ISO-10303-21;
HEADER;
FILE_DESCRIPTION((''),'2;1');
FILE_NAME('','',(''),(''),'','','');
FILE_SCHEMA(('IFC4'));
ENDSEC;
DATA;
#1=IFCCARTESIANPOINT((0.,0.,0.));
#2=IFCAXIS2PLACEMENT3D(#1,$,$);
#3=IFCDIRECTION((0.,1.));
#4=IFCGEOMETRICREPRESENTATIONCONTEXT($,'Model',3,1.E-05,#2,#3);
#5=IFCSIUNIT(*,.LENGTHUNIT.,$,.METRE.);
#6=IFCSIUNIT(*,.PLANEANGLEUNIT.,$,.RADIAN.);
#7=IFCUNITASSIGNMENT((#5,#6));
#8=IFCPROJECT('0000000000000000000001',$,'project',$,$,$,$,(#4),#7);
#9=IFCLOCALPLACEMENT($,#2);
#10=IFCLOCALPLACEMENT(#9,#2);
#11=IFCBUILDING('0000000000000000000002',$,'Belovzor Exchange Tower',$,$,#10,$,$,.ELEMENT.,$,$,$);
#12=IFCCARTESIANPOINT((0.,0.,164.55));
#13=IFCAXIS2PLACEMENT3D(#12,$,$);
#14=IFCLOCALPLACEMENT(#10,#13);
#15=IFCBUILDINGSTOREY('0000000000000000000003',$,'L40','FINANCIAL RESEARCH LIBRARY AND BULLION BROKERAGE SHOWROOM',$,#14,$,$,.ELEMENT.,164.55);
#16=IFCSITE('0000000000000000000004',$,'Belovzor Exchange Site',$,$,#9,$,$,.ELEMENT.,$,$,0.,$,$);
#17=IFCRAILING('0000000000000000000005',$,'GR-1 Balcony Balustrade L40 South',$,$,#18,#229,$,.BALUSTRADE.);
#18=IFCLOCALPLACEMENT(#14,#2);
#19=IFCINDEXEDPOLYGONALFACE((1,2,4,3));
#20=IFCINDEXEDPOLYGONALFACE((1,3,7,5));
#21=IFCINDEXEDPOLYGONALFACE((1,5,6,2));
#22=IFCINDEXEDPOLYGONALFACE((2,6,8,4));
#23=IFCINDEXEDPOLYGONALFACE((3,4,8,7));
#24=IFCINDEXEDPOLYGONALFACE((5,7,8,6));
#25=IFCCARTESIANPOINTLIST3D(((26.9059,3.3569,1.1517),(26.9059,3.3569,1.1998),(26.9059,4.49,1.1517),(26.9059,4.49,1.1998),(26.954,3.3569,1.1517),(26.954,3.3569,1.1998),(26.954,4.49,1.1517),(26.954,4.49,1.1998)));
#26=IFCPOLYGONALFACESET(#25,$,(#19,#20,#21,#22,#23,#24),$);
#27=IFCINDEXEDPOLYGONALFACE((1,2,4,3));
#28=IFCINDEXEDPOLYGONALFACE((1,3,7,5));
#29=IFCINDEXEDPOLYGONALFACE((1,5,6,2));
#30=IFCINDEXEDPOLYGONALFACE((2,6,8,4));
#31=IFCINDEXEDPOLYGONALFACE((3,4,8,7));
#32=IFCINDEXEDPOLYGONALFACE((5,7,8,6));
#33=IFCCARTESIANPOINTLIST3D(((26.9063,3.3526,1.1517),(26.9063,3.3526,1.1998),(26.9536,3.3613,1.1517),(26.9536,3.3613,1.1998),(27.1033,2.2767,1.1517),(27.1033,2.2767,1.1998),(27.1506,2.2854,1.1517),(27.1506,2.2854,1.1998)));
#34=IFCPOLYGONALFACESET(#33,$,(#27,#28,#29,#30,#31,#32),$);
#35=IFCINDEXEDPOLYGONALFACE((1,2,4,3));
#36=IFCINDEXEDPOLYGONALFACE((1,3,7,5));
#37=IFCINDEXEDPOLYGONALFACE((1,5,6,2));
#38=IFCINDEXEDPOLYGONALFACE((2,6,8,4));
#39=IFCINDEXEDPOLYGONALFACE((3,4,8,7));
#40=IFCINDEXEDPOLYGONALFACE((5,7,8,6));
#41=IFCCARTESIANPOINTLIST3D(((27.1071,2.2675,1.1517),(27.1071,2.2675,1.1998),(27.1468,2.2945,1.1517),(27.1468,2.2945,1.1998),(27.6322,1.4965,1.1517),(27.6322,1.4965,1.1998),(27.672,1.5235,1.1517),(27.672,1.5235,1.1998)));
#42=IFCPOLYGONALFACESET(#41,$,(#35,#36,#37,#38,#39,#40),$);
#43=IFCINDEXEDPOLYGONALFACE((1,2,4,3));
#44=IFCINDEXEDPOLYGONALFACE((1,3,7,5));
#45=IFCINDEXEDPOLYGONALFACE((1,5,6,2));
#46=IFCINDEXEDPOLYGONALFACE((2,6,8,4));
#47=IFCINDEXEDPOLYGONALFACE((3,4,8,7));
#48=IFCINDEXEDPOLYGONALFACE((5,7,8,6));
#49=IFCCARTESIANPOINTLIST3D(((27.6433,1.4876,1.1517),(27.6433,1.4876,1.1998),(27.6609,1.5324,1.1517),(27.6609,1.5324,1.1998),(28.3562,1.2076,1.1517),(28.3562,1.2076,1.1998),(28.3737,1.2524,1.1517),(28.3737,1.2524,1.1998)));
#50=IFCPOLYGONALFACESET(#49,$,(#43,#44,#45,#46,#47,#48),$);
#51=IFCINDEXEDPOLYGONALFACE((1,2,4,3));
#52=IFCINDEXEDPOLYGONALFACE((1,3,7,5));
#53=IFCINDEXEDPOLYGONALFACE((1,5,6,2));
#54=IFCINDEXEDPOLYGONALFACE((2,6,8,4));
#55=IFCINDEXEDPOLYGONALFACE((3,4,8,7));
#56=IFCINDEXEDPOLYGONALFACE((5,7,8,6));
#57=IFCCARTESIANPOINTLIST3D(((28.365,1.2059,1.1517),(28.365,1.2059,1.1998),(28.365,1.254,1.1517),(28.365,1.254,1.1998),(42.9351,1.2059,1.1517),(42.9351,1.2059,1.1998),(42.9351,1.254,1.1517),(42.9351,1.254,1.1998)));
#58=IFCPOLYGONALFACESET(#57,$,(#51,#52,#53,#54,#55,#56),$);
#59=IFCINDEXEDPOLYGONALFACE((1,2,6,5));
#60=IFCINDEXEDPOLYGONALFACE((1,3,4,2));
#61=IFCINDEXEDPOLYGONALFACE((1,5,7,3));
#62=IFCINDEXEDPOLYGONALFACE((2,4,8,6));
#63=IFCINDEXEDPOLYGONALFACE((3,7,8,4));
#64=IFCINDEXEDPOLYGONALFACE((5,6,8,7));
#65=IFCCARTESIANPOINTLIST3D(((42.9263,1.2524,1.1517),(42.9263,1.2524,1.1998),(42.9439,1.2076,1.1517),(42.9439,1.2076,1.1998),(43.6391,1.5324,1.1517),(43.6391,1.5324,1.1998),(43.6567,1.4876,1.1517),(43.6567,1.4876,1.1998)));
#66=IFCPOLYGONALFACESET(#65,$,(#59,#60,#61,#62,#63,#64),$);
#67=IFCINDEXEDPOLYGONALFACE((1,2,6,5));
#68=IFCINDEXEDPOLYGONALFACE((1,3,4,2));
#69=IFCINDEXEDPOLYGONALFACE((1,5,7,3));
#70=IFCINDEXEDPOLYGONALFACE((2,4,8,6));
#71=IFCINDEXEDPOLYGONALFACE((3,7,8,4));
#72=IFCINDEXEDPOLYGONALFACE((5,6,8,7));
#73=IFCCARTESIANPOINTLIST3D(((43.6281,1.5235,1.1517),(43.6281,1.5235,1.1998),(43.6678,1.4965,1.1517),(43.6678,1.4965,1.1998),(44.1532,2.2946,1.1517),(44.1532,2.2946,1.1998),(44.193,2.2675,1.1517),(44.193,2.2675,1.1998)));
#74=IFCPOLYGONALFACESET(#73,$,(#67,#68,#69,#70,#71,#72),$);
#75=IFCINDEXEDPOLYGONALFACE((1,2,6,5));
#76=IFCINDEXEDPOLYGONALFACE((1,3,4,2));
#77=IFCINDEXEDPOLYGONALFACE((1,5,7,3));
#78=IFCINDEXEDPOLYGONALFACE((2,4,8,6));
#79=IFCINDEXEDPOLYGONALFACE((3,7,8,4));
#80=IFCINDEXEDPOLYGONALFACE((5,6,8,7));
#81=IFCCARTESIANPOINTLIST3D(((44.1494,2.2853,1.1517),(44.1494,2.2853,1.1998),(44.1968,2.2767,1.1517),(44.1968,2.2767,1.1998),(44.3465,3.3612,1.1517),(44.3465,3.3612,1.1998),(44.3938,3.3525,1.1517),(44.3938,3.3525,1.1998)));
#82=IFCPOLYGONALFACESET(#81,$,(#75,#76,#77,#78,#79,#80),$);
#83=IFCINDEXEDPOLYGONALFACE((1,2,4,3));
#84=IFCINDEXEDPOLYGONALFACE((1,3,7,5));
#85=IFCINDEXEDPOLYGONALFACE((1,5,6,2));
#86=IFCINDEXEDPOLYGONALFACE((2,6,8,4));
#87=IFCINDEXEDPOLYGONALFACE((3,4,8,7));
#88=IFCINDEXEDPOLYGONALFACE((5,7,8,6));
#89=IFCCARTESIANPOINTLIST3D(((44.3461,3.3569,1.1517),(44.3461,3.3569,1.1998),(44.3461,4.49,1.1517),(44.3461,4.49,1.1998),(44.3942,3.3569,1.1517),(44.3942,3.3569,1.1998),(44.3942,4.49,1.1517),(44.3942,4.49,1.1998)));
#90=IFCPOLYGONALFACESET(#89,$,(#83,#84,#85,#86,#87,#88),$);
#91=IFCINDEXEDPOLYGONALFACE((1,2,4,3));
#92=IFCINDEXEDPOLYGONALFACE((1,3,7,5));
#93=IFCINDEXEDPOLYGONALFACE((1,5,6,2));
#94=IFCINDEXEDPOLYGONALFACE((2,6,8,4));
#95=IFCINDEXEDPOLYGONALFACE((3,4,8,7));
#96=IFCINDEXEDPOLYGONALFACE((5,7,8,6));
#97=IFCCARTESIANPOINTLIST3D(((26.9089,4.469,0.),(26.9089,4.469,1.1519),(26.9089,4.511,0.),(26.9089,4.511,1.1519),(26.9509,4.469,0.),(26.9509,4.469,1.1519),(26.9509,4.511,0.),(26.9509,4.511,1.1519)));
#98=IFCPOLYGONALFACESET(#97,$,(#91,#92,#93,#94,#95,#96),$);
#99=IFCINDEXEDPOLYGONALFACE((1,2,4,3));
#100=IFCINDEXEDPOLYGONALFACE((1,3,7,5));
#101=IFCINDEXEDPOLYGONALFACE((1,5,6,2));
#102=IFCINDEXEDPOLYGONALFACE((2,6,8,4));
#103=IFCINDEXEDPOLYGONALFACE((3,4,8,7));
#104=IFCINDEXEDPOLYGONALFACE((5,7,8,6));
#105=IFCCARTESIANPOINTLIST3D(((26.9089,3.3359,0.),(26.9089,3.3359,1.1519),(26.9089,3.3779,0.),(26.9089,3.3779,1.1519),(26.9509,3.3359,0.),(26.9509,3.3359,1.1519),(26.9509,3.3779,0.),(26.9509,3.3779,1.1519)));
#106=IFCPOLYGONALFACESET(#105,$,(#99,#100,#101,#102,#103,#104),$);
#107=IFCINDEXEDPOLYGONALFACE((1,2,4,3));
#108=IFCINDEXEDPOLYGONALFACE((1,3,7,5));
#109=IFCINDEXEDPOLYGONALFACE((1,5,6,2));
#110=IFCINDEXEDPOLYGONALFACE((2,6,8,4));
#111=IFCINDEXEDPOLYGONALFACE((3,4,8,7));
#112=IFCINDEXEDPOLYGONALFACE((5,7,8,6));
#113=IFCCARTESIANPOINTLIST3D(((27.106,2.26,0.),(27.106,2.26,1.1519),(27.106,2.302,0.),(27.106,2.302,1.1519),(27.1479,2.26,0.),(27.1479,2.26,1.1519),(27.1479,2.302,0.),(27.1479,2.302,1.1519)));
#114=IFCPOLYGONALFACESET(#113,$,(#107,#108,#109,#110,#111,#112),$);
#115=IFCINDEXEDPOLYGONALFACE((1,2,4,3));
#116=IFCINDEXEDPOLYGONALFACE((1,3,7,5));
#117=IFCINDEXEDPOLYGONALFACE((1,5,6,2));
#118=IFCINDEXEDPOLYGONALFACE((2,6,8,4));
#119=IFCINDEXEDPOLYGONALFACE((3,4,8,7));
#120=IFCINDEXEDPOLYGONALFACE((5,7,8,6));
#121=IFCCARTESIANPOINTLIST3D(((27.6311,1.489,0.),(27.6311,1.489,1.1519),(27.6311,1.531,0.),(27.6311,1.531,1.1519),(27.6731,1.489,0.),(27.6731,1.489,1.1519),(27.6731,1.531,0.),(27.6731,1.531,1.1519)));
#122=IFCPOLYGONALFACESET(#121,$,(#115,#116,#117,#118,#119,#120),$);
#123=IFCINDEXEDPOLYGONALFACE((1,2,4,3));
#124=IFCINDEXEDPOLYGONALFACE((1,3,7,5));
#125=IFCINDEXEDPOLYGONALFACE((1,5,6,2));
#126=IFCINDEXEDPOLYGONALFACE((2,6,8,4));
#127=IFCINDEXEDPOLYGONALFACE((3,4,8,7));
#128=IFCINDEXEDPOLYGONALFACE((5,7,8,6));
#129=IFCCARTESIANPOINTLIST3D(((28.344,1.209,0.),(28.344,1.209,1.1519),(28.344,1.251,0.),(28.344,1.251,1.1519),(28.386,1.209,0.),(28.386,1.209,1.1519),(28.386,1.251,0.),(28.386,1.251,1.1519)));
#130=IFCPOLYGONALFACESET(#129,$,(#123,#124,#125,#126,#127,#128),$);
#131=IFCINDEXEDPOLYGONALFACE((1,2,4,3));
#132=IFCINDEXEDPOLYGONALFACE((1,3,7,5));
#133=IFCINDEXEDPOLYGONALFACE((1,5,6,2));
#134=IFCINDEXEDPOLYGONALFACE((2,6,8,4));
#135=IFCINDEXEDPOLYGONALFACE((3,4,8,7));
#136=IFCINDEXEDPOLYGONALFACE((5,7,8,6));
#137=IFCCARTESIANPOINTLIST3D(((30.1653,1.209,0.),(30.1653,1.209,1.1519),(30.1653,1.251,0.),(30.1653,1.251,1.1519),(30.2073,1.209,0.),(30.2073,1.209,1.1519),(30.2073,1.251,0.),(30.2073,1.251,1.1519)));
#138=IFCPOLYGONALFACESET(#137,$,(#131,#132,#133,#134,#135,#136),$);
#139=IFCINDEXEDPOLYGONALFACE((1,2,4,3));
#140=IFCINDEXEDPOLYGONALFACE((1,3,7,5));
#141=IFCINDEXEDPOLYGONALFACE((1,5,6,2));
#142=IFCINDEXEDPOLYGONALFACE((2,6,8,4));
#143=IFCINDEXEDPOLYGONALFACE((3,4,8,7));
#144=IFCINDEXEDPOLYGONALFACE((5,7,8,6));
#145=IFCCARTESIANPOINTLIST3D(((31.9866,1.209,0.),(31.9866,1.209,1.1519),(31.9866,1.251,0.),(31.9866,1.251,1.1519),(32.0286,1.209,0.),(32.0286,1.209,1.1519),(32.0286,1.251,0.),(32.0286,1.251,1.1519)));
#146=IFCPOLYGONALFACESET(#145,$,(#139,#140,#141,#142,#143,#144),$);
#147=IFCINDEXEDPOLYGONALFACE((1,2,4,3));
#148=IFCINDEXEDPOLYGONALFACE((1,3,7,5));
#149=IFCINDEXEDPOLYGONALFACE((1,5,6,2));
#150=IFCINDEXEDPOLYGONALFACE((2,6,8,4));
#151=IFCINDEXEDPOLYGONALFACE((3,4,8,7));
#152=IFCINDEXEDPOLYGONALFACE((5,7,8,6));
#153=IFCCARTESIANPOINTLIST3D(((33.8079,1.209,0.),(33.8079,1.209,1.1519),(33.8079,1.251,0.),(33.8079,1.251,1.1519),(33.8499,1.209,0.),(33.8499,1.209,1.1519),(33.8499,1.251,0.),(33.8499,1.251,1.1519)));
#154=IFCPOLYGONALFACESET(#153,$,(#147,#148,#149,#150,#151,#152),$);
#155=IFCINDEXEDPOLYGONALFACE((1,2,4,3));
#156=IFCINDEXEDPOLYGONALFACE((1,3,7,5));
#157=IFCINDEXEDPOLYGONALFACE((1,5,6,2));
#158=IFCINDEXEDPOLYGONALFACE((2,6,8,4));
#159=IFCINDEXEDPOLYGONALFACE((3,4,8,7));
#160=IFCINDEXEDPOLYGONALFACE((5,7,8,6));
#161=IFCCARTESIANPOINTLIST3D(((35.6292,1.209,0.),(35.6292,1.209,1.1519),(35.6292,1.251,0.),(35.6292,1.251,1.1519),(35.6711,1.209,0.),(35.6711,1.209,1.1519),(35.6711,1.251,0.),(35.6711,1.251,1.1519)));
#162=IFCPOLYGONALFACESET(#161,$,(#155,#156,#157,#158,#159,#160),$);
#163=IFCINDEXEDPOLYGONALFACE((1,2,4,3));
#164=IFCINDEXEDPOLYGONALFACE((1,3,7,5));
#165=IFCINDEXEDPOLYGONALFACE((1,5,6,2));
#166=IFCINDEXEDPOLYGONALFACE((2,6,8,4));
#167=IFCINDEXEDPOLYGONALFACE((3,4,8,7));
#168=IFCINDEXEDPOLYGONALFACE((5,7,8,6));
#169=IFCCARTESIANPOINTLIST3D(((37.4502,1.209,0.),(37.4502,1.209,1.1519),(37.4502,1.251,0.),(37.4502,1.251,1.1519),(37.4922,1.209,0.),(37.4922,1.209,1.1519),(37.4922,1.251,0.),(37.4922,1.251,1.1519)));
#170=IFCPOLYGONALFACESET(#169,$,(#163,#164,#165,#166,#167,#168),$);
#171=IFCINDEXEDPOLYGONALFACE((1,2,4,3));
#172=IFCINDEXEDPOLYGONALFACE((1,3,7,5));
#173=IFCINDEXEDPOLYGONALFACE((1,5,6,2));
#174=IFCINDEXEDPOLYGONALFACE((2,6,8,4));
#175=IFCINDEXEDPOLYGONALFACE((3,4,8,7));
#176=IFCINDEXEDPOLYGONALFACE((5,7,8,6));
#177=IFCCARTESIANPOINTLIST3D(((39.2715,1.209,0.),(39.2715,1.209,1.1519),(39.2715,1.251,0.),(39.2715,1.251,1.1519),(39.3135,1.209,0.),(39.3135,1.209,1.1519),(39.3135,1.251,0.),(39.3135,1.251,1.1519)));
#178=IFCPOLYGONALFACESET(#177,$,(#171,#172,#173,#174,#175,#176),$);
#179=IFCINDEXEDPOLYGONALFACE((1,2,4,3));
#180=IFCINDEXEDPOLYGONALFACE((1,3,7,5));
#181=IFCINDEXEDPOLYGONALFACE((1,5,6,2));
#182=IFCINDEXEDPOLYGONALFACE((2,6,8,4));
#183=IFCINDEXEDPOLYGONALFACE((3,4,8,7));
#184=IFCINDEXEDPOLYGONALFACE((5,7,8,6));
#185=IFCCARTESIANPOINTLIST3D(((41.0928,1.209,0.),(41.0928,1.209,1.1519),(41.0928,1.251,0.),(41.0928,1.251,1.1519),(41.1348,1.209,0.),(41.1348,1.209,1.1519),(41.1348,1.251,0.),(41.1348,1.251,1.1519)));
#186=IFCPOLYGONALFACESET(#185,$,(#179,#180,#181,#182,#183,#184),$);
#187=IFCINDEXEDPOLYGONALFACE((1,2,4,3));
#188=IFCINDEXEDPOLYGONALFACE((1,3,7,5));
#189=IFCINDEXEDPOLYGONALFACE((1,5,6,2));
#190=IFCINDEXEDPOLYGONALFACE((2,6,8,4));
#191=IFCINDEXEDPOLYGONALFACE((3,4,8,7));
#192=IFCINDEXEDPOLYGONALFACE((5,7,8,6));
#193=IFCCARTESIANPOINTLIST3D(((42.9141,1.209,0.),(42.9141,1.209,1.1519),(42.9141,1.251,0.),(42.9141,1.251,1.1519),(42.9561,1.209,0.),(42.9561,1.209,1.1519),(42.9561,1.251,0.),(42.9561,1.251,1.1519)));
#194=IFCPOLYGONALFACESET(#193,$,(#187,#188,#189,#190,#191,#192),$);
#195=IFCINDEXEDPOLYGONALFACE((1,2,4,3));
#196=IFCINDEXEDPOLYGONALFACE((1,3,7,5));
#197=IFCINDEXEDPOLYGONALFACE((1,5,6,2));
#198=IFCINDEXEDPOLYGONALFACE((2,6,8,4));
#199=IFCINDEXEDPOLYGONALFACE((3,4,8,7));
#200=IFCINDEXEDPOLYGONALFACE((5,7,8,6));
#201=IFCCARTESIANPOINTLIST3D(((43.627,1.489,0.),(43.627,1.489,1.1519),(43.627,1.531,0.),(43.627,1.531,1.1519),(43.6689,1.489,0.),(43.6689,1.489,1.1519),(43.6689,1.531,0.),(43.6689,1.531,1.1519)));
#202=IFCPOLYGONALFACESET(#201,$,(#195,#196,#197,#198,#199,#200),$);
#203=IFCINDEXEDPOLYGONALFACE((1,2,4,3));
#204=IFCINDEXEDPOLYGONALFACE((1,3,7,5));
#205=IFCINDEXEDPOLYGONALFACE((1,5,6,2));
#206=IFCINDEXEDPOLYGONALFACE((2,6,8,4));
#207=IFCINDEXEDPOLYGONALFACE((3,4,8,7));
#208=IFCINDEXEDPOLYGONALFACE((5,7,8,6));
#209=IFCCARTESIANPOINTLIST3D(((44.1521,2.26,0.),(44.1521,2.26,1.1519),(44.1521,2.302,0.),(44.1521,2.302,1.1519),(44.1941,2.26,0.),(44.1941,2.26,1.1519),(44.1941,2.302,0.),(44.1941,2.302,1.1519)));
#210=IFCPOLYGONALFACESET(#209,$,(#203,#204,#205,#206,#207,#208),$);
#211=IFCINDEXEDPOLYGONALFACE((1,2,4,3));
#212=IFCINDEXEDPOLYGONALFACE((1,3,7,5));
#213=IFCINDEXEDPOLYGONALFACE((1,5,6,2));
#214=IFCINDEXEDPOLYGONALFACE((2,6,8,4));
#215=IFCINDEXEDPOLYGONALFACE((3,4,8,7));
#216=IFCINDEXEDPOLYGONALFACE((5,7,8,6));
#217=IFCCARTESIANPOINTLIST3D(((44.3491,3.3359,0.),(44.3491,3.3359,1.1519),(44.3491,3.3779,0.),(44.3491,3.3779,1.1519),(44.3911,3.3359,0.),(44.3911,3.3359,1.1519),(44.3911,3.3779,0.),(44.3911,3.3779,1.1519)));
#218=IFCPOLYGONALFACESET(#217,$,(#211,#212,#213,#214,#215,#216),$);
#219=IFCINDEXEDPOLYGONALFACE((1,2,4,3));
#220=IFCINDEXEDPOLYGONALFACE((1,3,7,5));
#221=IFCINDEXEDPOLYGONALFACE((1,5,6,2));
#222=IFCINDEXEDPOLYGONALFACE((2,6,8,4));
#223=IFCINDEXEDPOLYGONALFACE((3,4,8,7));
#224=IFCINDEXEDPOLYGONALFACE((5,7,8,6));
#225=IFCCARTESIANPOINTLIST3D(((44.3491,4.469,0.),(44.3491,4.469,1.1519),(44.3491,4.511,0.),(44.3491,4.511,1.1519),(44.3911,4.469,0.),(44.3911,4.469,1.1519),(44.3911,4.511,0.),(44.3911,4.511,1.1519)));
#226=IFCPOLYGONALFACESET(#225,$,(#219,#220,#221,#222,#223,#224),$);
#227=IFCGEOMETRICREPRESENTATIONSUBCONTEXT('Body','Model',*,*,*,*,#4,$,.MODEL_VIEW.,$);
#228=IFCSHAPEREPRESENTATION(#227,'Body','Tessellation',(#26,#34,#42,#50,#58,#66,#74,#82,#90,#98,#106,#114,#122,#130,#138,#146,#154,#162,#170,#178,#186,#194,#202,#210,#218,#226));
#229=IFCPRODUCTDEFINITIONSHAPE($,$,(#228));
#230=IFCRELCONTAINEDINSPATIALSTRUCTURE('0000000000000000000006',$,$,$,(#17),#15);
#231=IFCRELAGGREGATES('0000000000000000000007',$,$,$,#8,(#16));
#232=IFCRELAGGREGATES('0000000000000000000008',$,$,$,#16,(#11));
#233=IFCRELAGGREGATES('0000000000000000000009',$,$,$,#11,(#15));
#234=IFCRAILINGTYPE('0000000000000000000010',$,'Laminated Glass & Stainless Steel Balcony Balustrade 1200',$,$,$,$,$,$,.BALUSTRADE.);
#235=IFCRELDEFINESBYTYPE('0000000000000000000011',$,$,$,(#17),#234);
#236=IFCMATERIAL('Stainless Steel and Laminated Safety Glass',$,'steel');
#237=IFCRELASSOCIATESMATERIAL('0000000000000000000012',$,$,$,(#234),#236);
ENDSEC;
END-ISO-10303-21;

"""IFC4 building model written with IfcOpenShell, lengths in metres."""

from ifc_helpers import new_model, si_unit, direction, frame, origin, origin_2d, place, context, subcontext, project, spatial, rectangle, extrude, material, type_object, element, save


model = new_model("IFC4")

# Units and contexts
model_context = context("Model", 3, precision=1e-05, world=origin(), true_north=direction((0.0, 1.0)))
body_context = subcontext(model_context, "Body", "Model", "MODEL_VIEW")
ifc_project = project(units=[si_unit("LENGTHUNIT", "METRE"), si_unit("PLANEANGLEUNIT", "RADIAN")], contexts=[model_context])

# Site, building, storey
site_placement = place(None, origin())
site = spatial("IfcSite", under=ifc_project, at=site_placement, Name="Belovzor Exchange Site", CompositionType="ELEMENT", RefElevation=0.0)
building_placement = place(site_placement, origin())
building = spatial("IfcBuilding", under=site, at=building_placement, Name="Belovzor Exchange Tower", CompositionType="ELEMENT")
storey_placement = place(building_placement, frame((0.0, 0.0, 164.55)))
storey = spatial("IfcBuildingStorey", under=building, at=storey_placement, Name="L40", Description="FINANCIAL RESEARCH LIBRARY AND BULLION BROKERAGE SHOWROOM", CompositionType="ELEMENT", Elevation=164.55)

# Railing
ifc_material_1 = material(Name="Stainless Steel and Laminated Safety Glass", Category="steel")
railing_type = type_object("IfcRailingType", Name="Laminated Glass & Stainless Steel Balcony Balustrade 1200", PredefinedType="BALUSTRADE", material=ifc_material_1)
railing_placement = place(storey_placement, frame((26.9299, 4.49, 0.0)))
element("IfcRailing", 1, at=railing_placement, inside=storey, type_object=railing_type, Name="GR-1 Balcony Balustrade L40 South", PredefinedType="BALUSTRADE", context=body_context, shape_type="SweptSolid", body=[
    extrude(rectangle(XDim=0.0481, YDim=0.0481, at=origin_2d()), frame((0.0, 0.0, 1.1758), z_axis=(0.0, -1.0, 0.0), x_axis=(1.0, 0.0, 0.0)), (0.0, 0.0, 1.0), 1.1331),
    extrude(rectangle(XDim=0.0481, YDim=0.0481, at=origin_2d()), frame((0.0, -1.1331, 1.1758), z_axis=(0.180123, -0.983644, 0.0), x_axis=(0.983644, 0.180123, 0.0)), (0.0, 0.0, 1.0), 1.0938),
    extrude(rectangle(XDim=0.0481, YDim=0.0481, at=origin_2d()), frame((0.197, -2.209, 1.1758), z_axis=(0.562947, -0.826493, 0.0), x_axis=(0.826493, 0.562947, 0.0)), (0.0, 0.0, 1.0), 0.9329),
    extrude(rectangle(XDim=0.0481, YDim=0.0481, at=origin_2d()), frame((0.7222, -2.98, 1.1758), z_axis=(0.930767, -0.365613, 0.0), x_axis=(0.365613, 0.930767, 0.0)), (0.0, 0.0, 1.0), 0.7659),
    extrude(rectangle(XDim=0.0481, YDim=0.0481, at=origin_2d()), frame((1.4351, -3.26, 1.1758), z_axis=(1.0, 0.0, 0.0), x_axis=(0.0, 1.0, 0.0)), (0.0, 0.0, 1.0), 14.5701),
    extrude(rectangle(XDim=0.0481, YDim=0.0481, at=origin_2d()), frame((16.0051, -3.26, 1.1758), z_axis=(0.930767, 0.365613, 0.0), x_axis=(-0.365613, 0.930767, 0.0)), (0.0, 0.0, 1.0), 0.7659),
    extrude(rectangle(XDim=0.0481, YDim=0.0481, at=origin_2d()), frame((16.718, -2.98, 1.1758), z_axis=(0.562947, 0.826493, 0.0), x_axis=(-0.826493, 0.562947, 0.0)), (0.0, 0.0, 1.0), 0.9329),
    extrude(rectangle(XDim=0.0481, YDim=0.0481, at=origin_2d()), frame((17.2432, -2.209, 1.1758), z_axis=(0.180123, 0.983644, 0.0), x_axis=(-0.983644, 0.180123, 0.0)), (0.0, 0.0, 1.0), 1.0938),
    extrude(rectangle(XDim=0.0481, YDim=0.0481, at=origin_2d()), frame((17.4402, -1.1331, 1.1758), z_axis=(0.0, 1.0, 0.0), x_axis=(-1.0, 0.0, 0.0)), (0.0, 0.0, 1.0), 1.1331),
    extrude(rectangle(XDim=0.042, YDim=0.042, at=origin_2d()), origin(), (0.0, 0.0, 1.0), 1.1519),
    extrude(rectangle(XDim=0.042, YDim=0.042, at=origin_2d()), frame((0.0, -1.1331, 0.0)), (0.0, 0.0, 1.0), 1.1519),
    extrude(rectangle(XDim=0.042, YDim=0.042, at=origin_2d()), frame((0.197, -2.209, 0.0)), (0.0, 0.0, 1.0), 1.1519),
    extrude(rectangle(XDim=0.042, YDim=0.042, at=origin_2d()), frame((0.7222, -2.98, 0.0)), (0.0, 0.0, 1.0), 1.1519),
    extrude(rectangle(XDim=0.042, YDim=0.042, at=origin_2d()), frame((1.4351, -3.26, 0.0)), (0.0, 0.0, 1.0), 1.1519),
    extrude(rectangle(XDim=0.042, YDim=0.042, at=origin_2d()), frame((3.2563, -3.26, 0.0)), (0.0, 0.0, 1.0), 1.1519),
    extrude(rectangle(XDim=0.042, YDim=0.042, at=origin_2d()), frame((5.0776, -3.26, 0.0)), (0.0, 0.0, 1.0), 1.1519),
    extrude(rectangle(XDim=0.042, YDim=0.042, at=origin_2d()), frame((6.8989, -3.26, 0.0)), (0.0, 0.0, 1.0), 1.1519),
    extrude(rectangle(XDim=0.042, YDim=0.042, at=origin_2d()), frame((8.7202, -3.26, 0.0)), (0.0, 0.0, 1.0), 1.1519),
    extrude(rectangle(XDim=0.042, YDim=0.042, at=origin_2d()), frame((10.5413, -3.26, 0.0)), (0.0, 0.0, 1.0), 1.1519),
    extrude(rectangle(XDim=0.042, YDim=0.042, at=origin_2d()), frame((12.3625, -3.26, 0.0)), (0.0, 0.0, 1.0), 1.1519),
    extrude(rectangle(XDim=0.042, YDim=0.042, at=origin_2d()), frame((14.1838, -3.26, 0.0)), (0.0, 0.0, 1.0), 1.1519),
    extrude(rectangle(XDim=0.042, YDim=0.042, at=origin_2d()), frame((16.0051, -3.26, 0.0)), (0.0, 0.0, 1.0), 1.1519),
    extrude(rectangle(XDim=0.042, YDim=0.042, at=origin_2d()), frame((16.718, -2.98, 0.0)), (0.0, 0.0, 1.0), 1.1519),
    extrude(rectangle(XDim=0.042, YDim=0.042, at=origin_2d()), frame((17.2432, -2.209, 0.0)), (0.0, 0.0, 1.0), 1.1519),
    extrude(rectangle(XDim=0.042, YDim=0.042, at=origin_2d()), frame((17.4402, -1.1331, 0.0)), (0.0, 0.0, 1.0), 1.1519),
    extrude(rectangle(XDim=0.042, YDim=0.042, at=origin_2d()), frame((17.4402, 0.0, 0.0)), (0.0, 0.0, 1.0), 1.1519),
])

save(model, "model.ifc")
